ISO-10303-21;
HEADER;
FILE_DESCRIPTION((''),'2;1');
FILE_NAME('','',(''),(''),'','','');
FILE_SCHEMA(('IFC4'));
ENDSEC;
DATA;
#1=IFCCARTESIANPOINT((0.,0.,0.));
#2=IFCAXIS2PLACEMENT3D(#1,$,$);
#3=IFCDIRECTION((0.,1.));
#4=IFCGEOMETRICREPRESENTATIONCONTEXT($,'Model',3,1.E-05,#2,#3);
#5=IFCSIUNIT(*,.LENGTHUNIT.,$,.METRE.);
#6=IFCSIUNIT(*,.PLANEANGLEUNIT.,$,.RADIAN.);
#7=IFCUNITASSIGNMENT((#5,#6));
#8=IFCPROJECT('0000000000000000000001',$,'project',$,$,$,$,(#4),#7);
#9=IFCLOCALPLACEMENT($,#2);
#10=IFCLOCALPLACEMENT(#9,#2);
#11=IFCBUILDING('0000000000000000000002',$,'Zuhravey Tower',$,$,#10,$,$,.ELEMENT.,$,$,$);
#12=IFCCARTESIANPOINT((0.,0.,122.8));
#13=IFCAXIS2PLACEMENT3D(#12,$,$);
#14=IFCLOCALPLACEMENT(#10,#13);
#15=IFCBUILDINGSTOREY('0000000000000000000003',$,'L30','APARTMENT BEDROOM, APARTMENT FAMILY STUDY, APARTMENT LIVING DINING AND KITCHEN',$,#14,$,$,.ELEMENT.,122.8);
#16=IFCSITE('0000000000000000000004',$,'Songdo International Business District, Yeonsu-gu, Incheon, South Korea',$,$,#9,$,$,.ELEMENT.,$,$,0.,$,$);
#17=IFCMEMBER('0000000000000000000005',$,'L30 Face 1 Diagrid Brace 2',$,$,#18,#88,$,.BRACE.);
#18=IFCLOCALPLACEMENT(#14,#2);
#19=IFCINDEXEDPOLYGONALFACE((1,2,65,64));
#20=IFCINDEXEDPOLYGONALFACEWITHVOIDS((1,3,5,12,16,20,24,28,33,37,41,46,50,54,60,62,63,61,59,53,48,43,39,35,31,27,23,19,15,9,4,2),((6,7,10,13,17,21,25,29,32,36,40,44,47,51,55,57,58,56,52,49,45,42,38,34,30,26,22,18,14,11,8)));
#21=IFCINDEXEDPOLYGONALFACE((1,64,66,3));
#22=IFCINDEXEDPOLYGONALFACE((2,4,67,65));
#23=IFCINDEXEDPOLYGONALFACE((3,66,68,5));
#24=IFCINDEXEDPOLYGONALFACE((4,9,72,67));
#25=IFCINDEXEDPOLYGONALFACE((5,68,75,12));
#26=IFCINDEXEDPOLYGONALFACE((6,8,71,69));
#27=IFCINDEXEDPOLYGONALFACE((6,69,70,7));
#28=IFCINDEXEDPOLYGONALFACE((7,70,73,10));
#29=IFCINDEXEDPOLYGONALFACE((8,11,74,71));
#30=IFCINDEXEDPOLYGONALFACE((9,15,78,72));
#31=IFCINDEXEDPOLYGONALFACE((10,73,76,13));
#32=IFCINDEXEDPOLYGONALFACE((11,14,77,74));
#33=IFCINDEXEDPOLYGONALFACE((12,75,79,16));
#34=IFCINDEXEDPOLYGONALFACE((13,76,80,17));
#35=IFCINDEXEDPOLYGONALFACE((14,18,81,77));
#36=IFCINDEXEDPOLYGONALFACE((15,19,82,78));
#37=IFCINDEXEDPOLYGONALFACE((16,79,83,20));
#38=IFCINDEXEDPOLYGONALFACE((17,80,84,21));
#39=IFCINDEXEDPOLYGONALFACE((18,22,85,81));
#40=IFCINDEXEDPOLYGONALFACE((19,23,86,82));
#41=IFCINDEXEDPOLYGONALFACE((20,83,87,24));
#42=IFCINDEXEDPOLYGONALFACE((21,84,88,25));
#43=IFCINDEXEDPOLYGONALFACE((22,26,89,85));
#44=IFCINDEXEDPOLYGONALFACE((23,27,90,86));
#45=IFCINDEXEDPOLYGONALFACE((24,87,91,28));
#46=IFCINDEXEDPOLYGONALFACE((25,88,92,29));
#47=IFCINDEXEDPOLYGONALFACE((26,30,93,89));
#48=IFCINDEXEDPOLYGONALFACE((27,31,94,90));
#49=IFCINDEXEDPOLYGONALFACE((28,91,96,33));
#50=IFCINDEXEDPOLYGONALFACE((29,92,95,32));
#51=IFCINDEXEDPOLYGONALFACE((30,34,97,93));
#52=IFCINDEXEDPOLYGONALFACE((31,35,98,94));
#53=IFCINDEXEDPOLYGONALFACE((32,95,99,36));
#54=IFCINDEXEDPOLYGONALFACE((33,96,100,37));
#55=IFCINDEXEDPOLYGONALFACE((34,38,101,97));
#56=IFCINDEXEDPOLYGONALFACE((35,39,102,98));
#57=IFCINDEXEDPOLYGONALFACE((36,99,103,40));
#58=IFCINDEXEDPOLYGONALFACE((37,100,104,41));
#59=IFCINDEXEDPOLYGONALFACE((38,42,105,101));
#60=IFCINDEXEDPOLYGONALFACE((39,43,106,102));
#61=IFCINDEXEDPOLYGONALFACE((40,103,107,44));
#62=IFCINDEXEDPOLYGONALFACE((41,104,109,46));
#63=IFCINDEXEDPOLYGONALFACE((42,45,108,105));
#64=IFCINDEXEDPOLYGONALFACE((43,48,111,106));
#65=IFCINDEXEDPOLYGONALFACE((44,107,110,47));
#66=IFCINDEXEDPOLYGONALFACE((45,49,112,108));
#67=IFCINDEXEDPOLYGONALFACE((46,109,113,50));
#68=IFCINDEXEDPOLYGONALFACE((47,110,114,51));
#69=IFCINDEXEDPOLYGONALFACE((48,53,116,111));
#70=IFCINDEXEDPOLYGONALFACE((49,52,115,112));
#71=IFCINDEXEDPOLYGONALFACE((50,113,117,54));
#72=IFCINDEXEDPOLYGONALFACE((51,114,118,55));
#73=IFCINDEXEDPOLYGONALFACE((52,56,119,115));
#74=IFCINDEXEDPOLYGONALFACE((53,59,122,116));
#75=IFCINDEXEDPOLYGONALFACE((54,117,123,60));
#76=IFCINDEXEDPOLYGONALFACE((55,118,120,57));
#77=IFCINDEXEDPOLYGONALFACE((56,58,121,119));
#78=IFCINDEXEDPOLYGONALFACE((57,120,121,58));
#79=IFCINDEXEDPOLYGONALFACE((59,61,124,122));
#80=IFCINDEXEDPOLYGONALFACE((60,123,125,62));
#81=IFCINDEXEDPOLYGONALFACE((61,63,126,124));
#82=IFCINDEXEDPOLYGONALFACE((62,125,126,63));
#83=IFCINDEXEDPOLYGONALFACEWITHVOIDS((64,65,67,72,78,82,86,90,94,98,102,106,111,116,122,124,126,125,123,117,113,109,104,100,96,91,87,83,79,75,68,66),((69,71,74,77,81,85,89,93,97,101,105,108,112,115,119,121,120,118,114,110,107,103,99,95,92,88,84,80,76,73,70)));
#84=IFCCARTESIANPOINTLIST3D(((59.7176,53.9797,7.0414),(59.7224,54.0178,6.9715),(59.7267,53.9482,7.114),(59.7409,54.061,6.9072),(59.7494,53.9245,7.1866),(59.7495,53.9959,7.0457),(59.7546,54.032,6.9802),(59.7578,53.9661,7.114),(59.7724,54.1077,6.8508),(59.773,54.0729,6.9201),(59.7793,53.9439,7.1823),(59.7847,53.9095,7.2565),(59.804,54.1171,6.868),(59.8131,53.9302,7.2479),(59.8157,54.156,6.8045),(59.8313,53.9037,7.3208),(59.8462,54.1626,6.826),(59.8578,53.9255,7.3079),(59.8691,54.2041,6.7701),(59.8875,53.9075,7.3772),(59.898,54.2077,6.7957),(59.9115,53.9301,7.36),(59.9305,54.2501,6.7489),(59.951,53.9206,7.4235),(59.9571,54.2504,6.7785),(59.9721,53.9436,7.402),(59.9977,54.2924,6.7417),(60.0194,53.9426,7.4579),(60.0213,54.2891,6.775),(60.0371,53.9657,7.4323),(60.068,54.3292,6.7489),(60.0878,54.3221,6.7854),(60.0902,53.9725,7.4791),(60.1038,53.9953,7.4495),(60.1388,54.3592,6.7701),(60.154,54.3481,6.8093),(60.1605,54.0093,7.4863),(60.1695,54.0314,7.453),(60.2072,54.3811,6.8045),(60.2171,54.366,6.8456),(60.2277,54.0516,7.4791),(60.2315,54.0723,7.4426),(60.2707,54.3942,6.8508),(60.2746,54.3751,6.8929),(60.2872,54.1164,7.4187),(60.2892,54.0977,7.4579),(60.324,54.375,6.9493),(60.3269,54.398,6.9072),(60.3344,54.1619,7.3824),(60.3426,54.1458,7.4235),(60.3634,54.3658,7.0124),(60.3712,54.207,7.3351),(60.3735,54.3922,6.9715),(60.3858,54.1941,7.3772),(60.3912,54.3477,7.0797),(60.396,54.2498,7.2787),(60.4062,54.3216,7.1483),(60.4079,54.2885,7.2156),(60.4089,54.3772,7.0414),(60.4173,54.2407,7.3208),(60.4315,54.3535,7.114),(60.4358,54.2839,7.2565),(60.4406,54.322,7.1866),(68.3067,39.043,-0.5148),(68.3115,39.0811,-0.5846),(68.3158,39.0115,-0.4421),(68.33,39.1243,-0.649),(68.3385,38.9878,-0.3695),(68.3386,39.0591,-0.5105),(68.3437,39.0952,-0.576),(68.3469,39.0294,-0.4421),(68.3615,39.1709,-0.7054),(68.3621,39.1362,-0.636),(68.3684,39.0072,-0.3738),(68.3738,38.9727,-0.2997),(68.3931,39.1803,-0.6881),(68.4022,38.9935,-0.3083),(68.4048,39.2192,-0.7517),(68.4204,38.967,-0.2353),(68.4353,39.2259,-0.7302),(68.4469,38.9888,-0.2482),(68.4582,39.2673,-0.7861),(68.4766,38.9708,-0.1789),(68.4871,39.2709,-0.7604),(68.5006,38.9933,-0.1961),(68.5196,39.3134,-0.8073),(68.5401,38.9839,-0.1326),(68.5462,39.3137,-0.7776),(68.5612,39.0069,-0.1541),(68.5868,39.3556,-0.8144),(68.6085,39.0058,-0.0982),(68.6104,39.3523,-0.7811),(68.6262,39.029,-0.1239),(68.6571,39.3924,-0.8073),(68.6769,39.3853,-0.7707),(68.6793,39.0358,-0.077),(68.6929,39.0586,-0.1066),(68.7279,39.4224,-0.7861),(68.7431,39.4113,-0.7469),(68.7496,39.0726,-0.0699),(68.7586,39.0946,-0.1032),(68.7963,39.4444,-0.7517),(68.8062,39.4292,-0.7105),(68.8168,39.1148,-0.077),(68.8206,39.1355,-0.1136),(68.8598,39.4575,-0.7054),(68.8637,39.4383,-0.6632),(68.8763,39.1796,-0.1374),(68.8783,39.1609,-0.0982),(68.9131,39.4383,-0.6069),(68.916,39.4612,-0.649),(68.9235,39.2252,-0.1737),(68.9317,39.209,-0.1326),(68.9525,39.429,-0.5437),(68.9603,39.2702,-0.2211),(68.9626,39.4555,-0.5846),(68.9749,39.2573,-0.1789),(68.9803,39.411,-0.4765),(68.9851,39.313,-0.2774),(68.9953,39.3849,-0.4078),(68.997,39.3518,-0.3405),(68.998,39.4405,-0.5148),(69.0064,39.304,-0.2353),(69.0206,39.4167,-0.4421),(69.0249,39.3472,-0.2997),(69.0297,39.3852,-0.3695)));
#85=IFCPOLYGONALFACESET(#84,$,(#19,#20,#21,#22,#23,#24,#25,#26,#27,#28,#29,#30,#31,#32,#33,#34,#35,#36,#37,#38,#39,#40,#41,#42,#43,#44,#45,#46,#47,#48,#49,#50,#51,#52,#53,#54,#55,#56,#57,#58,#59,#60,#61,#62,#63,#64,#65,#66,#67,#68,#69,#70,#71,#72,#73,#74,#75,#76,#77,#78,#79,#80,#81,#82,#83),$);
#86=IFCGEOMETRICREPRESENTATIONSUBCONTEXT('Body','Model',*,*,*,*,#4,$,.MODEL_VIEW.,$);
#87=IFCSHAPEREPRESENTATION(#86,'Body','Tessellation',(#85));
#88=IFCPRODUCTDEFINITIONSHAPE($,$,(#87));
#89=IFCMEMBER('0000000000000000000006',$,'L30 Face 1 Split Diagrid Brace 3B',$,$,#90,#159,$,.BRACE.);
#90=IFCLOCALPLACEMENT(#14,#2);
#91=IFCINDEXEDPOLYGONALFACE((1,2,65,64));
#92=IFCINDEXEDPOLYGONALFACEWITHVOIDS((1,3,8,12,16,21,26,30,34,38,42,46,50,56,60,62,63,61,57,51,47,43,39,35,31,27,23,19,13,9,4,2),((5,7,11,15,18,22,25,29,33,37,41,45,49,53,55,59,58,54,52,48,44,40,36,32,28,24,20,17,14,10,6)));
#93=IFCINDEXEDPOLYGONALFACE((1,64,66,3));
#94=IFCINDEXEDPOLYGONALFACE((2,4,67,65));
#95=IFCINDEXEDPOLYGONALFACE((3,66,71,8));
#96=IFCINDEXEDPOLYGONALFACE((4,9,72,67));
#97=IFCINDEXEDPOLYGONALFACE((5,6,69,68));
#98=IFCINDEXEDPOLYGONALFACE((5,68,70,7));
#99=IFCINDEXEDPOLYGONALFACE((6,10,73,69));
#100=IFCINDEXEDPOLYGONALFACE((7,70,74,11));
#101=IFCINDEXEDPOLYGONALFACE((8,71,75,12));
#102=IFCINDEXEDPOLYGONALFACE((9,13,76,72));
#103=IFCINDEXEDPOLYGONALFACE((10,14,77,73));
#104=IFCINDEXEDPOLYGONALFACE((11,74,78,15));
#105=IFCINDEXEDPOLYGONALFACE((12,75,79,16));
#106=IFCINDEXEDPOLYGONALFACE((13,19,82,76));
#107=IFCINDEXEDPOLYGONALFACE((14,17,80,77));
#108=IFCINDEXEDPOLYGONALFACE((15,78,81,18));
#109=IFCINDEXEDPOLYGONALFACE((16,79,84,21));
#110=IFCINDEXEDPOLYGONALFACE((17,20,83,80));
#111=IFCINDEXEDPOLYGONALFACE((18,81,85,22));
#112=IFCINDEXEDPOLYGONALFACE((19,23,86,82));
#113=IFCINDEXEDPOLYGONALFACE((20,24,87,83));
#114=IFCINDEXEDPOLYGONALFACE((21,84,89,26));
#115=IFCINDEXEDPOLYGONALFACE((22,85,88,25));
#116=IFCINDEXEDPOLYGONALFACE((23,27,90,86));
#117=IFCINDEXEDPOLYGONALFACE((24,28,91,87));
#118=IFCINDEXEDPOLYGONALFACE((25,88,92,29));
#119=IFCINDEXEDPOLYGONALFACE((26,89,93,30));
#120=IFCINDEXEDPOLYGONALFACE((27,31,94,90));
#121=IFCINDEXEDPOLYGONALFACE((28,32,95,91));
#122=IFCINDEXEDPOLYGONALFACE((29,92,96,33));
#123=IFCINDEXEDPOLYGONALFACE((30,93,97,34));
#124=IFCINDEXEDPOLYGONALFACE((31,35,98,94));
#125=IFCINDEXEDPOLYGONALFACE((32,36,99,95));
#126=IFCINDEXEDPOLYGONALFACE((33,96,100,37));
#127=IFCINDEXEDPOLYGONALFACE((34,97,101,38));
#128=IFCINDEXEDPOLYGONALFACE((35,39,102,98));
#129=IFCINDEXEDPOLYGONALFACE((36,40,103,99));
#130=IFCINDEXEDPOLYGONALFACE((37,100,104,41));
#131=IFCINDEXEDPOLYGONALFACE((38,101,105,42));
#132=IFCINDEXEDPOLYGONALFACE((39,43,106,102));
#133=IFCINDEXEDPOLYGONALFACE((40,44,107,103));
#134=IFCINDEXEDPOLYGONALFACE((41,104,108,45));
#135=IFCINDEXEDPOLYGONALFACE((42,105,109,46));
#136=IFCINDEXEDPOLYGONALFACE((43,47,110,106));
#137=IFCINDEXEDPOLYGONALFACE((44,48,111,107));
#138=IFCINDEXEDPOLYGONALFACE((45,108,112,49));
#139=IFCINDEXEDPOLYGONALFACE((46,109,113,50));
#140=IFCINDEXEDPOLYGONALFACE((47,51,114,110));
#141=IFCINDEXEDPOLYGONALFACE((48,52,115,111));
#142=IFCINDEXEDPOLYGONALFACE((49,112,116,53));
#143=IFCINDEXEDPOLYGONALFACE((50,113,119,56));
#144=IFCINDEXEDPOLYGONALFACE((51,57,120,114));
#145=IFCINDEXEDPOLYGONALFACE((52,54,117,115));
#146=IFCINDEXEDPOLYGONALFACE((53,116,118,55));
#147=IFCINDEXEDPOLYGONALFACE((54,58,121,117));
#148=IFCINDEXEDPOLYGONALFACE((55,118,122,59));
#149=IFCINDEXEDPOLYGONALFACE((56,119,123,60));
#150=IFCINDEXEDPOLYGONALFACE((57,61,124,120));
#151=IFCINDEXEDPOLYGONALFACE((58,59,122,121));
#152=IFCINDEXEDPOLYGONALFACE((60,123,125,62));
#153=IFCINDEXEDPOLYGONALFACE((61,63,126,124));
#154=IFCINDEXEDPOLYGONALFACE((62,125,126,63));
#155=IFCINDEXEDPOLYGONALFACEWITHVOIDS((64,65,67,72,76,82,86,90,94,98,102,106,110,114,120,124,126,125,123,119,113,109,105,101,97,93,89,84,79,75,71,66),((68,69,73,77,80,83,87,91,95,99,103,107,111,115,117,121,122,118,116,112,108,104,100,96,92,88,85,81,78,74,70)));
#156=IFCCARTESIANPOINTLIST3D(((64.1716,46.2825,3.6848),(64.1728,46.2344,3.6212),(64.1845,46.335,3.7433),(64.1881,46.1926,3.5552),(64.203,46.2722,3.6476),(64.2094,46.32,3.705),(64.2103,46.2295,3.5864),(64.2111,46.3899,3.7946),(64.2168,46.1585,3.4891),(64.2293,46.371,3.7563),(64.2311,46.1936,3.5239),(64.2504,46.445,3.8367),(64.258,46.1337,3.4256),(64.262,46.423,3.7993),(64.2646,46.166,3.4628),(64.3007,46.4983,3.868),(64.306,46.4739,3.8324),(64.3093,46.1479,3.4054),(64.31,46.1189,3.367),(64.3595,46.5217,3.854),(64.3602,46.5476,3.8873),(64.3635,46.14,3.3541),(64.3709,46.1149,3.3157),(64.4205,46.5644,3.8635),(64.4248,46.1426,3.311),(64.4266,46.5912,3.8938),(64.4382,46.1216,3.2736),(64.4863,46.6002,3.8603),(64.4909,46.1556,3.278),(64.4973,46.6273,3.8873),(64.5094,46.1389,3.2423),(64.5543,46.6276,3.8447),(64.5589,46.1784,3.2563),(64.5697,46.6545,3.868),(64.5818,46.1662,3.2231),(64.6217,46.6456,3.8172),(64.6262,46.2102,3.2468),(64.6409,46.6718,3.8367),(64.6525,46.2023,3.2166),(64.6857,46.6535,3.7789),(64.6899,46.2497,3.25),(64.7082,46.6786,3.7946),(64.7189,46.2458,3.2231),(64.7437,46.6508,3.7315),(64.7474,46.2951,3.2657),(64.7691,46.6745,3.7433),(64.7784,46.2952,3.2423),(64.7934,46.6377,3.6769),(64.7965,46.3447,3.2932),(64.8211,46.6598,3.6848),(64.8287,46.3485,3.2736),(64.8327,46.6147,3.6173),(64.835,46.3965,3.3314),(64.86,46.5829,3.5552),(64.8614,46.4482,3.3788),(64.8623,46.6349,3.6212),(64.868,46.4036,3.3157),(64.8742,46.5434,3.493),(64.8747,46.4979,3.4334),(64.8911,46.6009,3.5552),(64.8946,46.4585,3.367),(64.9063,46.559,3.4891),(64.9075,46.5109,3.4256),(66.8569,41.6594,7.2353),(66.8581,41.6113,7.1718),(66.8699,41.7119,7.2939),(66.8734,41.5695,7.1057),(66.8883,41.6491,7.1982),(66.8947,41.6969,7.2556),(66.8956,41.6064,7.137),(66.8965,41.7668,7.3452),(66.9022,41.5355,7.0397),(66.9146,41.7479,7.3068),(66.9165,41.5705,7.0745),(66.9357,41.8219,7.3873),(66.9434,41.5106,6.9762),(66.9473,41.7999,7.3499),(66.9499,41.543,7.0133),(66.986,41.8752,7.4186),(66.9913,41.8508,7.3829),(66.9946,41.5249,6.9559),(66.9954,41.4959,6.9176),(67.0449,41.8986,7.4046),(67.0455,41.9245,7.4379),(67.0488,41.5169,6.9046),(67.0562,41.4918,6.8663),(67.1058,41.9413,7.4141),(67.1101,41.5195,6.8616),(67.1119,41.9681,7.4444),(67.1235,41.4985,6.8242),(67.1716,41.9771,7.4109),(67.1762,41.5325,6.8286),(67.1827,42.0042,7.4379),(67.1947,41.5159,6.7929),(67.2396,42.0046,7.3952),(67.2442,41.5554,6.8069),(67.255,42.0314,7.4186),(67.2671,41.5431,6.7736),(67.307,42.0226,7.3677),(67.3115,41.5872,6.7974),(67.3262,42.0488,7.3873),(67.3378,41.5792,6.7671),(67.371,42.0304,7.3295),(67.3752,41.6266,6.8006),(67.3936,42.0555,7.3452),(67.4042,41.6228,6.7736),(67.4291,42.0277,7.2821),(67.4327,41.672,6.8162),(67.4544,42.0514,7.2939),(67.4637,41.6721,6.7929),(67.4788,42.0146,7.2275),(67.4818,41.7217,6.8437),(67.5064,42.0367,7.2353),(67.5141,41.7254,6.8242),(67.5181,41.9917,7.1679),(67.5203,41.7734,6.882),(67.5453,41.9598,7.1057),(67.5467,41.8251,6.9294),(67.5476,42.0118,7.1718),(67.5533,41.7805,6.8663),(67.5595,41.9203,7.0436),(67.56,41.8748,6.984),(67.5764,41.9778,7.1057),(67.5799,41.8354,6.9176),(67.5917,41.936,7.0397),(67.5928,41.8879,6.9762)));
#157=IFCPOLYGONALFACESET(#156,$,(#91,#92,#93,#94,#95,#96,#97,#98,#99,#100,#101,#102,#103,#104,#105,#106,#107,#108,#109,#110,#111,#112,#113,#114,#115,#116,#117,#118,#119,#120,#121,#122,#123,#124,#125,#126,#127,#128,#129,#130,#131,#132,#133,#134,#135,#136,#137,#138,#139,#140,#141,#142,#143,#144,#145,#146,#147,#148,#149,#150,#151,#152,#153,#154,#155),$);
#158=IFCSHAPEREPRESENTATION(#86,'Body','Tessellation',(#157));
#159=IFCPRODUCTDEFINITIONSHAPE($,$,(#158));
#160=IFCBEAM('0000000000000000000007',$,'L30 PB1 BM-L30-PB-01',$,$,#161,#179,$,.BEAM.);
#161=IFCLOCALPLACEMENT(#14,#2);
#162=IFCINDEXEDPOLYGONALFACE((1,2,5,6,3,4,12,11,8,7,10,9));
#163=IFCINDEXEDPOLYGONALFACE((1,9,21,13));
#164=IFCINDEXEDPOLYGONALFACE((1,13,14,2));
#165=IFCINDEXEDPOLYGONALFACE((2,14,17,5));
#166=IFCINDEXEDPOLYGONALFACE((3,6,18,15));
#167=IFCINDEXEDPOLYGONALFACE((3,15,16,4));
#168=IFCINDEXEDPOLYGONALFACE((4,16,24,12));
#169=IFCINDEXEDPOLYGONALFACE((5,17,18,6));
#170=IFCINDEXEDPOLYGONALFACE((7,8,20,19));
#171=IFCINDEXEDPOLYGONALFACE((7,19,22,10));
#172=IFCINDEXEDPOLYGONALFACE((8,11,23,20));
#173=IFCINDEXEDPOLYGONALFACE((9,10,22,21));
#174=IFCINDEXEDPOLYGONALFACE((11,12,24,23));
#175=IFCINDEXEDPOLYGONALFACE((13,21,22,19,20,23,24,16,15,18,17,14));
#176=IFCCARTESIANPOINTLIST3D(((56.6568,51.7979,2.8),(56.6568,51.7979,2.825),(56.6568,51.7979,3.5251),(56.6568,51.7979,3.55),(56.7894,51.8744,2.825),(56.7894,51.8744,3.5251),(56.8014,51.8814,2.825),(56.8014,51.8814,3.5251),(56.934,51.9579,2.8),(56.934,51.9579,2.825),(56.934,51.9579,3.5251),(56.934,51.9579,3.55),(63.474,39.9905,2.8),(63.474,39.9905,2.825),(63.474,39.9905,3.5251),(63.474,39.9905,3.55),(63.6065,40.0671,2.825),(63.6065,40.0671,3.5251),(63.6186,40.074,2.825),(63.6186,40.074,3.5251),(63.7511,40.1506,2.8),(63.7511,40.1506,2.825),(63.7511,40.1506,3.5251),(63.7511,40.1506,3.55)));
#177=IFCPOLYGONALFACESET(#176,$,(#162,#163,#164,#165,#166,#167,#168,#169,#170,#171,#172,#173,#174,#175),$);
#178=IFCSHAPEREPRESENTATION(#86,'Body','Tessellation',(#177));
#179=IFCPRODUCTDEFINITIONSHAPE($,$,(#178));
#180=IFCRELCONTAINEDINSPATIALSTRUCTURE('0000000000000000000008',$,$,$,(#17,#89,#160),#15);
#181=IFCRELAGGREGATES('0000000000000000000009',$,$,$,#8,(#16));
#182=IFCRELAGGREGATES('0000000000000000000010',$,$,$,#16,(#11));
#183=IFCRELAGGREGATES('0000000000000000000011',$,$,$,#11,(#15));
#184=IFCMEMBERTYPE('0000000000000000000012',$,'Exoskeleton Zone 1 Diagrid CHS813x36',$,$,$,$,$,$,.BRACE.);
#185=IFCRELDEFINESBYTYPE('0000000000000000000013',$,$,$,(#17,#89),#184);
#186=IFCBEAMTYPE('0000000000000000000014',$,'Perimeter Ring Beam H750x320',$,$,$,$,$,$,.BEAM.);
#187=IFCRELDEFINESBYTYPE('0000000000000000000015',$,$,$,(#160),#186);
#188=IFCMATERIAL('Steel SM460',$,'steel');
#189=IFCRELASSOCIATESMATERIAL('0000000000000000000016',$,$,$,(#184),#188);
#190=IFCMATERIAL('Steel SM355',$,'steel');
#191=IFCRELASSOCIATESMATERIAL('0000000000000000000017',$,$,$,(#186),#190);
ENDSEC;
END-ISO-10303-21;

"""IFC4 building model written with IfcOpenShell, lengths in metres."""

from ifc_helpers import new_model, si_unit, direction, frame, origin, origin_2d, place, context, subcontext, project, spatial, hollow_circle, i_section, extrude, material, material_profile, profile_set, type_object, element, save


model = new_model("IFC4")

# Units and contexts
model_context = context("Model", 3, precision=1e-05, world=origin(), true_north=direction((0.0, 1.0)))
body_context = subcontext(model_context, "Body", "Model", "MODEL_VIEW")
ifc_project = project(units=[si_unit("LENGTHUNIT", "METRE"), si_unit("PLANEANGLEUNIT", "RADIAN")], contexts=[model_context])

# Site, building, storey
site_placement = place(None, origin())
site = spatial("IfcSite", under=ifc_project, at=site_placement, Name="Songdo International Business District, Yeonsu-gu, Incheon, South Korea", CompositionType="ELEMENT", RefElevation=0.0)
building_placement = place(site_placement, origin())
building = spatial("IfcBuilding", under=site, at=building_placement, Name="Zuhravey Tower", CompositionType="ELEMENT")
storey_placement = place(building_placement, frame((0.0, 0.0, 122.8)))
storey = spatial("IfcBuildingStorey", under=building, at=storey_placement, Name="L30", Description="APARTMENT BEDROOM, APARTMENT FAMILY STUDY, APARTMENT LIVING DINING AND KITCHEN", CompositionType="ELEMENT", Elevation=122.8)

# Members
ifc_material_1 = material(Name="Steel SM355", Category="steel")
ifc_material_2 = material(Name="Steel SM460", Category="steel")
ifc_material_profile_1 = material_profile(ifc_material_2, hollow_circle(Radius=0.4065, WallThickness=0.0359, at=origin_2d()), Name="CHS-812.8x36")
ifc_profile_set_1 = profile_set([ifc_material_profile_1], Name="Steel SM460")
member_type_1 = type_object("IfcMemberType", Name="Exoskeleton Zone 1 Diagrid CHS813x36", PredefinedType="BRACE", material=ifc_profile_set_1)
member_1_placement = place(storey_placement, frame((68.6682, 39.2141, -0.4421), z_axis=(-0.456522, 0.793908, 0.401619), x_axis=(-0.866895, -0.498492, 0.0)))
element("IfcMember", 1, at=member_1_placement, inside=storey, type_object=member_type_1, Name="L30 Face 1 Diagrid Brace 2", PredefinedType="BRACE", context=body_context, shape_type="SweptSolid", body=[
    extrude(hollow_circle(Radius=0.4065, WallThickness=0.0359, at=origin_2d()), origin(), (0.0, 0.0, 1.0), 18.8142),
])
member_2_placement = place(storey_placement, frame((64.5396, 46.3967, 3.5552), z_axis=(0.418407, -0.720334, 0.553222), x_axis=(0.864712, 0.502269, 0.0)))
element("IfcMember", 2, at=member_2_placement, inside=storey, type_object=member_type_1, Name="L30 Face 1 Split Diagrid Brace 3B", PredefinedType="BRACE", context=body_context, shape_type="SweptSolid", body=[
    extrude(hollow_circle(Radius=0.4065, WallThickness=0.0359, at=origin_2d()), origin(), (0.0, 0.0, 1.0), 6.418),
])

# Beam
ifc_material_profile_2 = material_profile(ifc_material_1, i_section(OverallWidth=0.3201, OverallDepth=0.75, WebThickness=0.0139, FlangeThickness=0.0249, at=origin_2d()), Name="H-750x320x14x25")
ifc_profile_set_2 = profile_set([ifc_material_profile_2], Name="Steel SM355")
beam_type_1 = type_object("IfcBeamType", Name="Perimeter Ring Beam H750x320", PredefinedType="BEAM", material=ifc_profile_set_2)
beam_1_placement = place(storey_placement, frame((63.6125, 40.0706, 3.175), z_axis=(-0.500008, 0.866021, 0.0), x_axis=(-0.866021, -0.500008, 0.0)))
element("IfcBeam", 3, at=beam_1_placement, inside=storey, type_object=beam_type_1, Name="L30 PB1 BM-L30-PB-01", PredefinedType="BEAM", context=body_context, shape_type="SweptSolid", body=[
    extrude(i_section(OverallWidth=0.3201, OverallDepth=0.75, WebThickness=0.0139, FlangeThickness=0.0249, at=origin_2d()), origin(), (0.0, 0.0, 1.0), 13.634),
])

save(model, "model.ifc")
